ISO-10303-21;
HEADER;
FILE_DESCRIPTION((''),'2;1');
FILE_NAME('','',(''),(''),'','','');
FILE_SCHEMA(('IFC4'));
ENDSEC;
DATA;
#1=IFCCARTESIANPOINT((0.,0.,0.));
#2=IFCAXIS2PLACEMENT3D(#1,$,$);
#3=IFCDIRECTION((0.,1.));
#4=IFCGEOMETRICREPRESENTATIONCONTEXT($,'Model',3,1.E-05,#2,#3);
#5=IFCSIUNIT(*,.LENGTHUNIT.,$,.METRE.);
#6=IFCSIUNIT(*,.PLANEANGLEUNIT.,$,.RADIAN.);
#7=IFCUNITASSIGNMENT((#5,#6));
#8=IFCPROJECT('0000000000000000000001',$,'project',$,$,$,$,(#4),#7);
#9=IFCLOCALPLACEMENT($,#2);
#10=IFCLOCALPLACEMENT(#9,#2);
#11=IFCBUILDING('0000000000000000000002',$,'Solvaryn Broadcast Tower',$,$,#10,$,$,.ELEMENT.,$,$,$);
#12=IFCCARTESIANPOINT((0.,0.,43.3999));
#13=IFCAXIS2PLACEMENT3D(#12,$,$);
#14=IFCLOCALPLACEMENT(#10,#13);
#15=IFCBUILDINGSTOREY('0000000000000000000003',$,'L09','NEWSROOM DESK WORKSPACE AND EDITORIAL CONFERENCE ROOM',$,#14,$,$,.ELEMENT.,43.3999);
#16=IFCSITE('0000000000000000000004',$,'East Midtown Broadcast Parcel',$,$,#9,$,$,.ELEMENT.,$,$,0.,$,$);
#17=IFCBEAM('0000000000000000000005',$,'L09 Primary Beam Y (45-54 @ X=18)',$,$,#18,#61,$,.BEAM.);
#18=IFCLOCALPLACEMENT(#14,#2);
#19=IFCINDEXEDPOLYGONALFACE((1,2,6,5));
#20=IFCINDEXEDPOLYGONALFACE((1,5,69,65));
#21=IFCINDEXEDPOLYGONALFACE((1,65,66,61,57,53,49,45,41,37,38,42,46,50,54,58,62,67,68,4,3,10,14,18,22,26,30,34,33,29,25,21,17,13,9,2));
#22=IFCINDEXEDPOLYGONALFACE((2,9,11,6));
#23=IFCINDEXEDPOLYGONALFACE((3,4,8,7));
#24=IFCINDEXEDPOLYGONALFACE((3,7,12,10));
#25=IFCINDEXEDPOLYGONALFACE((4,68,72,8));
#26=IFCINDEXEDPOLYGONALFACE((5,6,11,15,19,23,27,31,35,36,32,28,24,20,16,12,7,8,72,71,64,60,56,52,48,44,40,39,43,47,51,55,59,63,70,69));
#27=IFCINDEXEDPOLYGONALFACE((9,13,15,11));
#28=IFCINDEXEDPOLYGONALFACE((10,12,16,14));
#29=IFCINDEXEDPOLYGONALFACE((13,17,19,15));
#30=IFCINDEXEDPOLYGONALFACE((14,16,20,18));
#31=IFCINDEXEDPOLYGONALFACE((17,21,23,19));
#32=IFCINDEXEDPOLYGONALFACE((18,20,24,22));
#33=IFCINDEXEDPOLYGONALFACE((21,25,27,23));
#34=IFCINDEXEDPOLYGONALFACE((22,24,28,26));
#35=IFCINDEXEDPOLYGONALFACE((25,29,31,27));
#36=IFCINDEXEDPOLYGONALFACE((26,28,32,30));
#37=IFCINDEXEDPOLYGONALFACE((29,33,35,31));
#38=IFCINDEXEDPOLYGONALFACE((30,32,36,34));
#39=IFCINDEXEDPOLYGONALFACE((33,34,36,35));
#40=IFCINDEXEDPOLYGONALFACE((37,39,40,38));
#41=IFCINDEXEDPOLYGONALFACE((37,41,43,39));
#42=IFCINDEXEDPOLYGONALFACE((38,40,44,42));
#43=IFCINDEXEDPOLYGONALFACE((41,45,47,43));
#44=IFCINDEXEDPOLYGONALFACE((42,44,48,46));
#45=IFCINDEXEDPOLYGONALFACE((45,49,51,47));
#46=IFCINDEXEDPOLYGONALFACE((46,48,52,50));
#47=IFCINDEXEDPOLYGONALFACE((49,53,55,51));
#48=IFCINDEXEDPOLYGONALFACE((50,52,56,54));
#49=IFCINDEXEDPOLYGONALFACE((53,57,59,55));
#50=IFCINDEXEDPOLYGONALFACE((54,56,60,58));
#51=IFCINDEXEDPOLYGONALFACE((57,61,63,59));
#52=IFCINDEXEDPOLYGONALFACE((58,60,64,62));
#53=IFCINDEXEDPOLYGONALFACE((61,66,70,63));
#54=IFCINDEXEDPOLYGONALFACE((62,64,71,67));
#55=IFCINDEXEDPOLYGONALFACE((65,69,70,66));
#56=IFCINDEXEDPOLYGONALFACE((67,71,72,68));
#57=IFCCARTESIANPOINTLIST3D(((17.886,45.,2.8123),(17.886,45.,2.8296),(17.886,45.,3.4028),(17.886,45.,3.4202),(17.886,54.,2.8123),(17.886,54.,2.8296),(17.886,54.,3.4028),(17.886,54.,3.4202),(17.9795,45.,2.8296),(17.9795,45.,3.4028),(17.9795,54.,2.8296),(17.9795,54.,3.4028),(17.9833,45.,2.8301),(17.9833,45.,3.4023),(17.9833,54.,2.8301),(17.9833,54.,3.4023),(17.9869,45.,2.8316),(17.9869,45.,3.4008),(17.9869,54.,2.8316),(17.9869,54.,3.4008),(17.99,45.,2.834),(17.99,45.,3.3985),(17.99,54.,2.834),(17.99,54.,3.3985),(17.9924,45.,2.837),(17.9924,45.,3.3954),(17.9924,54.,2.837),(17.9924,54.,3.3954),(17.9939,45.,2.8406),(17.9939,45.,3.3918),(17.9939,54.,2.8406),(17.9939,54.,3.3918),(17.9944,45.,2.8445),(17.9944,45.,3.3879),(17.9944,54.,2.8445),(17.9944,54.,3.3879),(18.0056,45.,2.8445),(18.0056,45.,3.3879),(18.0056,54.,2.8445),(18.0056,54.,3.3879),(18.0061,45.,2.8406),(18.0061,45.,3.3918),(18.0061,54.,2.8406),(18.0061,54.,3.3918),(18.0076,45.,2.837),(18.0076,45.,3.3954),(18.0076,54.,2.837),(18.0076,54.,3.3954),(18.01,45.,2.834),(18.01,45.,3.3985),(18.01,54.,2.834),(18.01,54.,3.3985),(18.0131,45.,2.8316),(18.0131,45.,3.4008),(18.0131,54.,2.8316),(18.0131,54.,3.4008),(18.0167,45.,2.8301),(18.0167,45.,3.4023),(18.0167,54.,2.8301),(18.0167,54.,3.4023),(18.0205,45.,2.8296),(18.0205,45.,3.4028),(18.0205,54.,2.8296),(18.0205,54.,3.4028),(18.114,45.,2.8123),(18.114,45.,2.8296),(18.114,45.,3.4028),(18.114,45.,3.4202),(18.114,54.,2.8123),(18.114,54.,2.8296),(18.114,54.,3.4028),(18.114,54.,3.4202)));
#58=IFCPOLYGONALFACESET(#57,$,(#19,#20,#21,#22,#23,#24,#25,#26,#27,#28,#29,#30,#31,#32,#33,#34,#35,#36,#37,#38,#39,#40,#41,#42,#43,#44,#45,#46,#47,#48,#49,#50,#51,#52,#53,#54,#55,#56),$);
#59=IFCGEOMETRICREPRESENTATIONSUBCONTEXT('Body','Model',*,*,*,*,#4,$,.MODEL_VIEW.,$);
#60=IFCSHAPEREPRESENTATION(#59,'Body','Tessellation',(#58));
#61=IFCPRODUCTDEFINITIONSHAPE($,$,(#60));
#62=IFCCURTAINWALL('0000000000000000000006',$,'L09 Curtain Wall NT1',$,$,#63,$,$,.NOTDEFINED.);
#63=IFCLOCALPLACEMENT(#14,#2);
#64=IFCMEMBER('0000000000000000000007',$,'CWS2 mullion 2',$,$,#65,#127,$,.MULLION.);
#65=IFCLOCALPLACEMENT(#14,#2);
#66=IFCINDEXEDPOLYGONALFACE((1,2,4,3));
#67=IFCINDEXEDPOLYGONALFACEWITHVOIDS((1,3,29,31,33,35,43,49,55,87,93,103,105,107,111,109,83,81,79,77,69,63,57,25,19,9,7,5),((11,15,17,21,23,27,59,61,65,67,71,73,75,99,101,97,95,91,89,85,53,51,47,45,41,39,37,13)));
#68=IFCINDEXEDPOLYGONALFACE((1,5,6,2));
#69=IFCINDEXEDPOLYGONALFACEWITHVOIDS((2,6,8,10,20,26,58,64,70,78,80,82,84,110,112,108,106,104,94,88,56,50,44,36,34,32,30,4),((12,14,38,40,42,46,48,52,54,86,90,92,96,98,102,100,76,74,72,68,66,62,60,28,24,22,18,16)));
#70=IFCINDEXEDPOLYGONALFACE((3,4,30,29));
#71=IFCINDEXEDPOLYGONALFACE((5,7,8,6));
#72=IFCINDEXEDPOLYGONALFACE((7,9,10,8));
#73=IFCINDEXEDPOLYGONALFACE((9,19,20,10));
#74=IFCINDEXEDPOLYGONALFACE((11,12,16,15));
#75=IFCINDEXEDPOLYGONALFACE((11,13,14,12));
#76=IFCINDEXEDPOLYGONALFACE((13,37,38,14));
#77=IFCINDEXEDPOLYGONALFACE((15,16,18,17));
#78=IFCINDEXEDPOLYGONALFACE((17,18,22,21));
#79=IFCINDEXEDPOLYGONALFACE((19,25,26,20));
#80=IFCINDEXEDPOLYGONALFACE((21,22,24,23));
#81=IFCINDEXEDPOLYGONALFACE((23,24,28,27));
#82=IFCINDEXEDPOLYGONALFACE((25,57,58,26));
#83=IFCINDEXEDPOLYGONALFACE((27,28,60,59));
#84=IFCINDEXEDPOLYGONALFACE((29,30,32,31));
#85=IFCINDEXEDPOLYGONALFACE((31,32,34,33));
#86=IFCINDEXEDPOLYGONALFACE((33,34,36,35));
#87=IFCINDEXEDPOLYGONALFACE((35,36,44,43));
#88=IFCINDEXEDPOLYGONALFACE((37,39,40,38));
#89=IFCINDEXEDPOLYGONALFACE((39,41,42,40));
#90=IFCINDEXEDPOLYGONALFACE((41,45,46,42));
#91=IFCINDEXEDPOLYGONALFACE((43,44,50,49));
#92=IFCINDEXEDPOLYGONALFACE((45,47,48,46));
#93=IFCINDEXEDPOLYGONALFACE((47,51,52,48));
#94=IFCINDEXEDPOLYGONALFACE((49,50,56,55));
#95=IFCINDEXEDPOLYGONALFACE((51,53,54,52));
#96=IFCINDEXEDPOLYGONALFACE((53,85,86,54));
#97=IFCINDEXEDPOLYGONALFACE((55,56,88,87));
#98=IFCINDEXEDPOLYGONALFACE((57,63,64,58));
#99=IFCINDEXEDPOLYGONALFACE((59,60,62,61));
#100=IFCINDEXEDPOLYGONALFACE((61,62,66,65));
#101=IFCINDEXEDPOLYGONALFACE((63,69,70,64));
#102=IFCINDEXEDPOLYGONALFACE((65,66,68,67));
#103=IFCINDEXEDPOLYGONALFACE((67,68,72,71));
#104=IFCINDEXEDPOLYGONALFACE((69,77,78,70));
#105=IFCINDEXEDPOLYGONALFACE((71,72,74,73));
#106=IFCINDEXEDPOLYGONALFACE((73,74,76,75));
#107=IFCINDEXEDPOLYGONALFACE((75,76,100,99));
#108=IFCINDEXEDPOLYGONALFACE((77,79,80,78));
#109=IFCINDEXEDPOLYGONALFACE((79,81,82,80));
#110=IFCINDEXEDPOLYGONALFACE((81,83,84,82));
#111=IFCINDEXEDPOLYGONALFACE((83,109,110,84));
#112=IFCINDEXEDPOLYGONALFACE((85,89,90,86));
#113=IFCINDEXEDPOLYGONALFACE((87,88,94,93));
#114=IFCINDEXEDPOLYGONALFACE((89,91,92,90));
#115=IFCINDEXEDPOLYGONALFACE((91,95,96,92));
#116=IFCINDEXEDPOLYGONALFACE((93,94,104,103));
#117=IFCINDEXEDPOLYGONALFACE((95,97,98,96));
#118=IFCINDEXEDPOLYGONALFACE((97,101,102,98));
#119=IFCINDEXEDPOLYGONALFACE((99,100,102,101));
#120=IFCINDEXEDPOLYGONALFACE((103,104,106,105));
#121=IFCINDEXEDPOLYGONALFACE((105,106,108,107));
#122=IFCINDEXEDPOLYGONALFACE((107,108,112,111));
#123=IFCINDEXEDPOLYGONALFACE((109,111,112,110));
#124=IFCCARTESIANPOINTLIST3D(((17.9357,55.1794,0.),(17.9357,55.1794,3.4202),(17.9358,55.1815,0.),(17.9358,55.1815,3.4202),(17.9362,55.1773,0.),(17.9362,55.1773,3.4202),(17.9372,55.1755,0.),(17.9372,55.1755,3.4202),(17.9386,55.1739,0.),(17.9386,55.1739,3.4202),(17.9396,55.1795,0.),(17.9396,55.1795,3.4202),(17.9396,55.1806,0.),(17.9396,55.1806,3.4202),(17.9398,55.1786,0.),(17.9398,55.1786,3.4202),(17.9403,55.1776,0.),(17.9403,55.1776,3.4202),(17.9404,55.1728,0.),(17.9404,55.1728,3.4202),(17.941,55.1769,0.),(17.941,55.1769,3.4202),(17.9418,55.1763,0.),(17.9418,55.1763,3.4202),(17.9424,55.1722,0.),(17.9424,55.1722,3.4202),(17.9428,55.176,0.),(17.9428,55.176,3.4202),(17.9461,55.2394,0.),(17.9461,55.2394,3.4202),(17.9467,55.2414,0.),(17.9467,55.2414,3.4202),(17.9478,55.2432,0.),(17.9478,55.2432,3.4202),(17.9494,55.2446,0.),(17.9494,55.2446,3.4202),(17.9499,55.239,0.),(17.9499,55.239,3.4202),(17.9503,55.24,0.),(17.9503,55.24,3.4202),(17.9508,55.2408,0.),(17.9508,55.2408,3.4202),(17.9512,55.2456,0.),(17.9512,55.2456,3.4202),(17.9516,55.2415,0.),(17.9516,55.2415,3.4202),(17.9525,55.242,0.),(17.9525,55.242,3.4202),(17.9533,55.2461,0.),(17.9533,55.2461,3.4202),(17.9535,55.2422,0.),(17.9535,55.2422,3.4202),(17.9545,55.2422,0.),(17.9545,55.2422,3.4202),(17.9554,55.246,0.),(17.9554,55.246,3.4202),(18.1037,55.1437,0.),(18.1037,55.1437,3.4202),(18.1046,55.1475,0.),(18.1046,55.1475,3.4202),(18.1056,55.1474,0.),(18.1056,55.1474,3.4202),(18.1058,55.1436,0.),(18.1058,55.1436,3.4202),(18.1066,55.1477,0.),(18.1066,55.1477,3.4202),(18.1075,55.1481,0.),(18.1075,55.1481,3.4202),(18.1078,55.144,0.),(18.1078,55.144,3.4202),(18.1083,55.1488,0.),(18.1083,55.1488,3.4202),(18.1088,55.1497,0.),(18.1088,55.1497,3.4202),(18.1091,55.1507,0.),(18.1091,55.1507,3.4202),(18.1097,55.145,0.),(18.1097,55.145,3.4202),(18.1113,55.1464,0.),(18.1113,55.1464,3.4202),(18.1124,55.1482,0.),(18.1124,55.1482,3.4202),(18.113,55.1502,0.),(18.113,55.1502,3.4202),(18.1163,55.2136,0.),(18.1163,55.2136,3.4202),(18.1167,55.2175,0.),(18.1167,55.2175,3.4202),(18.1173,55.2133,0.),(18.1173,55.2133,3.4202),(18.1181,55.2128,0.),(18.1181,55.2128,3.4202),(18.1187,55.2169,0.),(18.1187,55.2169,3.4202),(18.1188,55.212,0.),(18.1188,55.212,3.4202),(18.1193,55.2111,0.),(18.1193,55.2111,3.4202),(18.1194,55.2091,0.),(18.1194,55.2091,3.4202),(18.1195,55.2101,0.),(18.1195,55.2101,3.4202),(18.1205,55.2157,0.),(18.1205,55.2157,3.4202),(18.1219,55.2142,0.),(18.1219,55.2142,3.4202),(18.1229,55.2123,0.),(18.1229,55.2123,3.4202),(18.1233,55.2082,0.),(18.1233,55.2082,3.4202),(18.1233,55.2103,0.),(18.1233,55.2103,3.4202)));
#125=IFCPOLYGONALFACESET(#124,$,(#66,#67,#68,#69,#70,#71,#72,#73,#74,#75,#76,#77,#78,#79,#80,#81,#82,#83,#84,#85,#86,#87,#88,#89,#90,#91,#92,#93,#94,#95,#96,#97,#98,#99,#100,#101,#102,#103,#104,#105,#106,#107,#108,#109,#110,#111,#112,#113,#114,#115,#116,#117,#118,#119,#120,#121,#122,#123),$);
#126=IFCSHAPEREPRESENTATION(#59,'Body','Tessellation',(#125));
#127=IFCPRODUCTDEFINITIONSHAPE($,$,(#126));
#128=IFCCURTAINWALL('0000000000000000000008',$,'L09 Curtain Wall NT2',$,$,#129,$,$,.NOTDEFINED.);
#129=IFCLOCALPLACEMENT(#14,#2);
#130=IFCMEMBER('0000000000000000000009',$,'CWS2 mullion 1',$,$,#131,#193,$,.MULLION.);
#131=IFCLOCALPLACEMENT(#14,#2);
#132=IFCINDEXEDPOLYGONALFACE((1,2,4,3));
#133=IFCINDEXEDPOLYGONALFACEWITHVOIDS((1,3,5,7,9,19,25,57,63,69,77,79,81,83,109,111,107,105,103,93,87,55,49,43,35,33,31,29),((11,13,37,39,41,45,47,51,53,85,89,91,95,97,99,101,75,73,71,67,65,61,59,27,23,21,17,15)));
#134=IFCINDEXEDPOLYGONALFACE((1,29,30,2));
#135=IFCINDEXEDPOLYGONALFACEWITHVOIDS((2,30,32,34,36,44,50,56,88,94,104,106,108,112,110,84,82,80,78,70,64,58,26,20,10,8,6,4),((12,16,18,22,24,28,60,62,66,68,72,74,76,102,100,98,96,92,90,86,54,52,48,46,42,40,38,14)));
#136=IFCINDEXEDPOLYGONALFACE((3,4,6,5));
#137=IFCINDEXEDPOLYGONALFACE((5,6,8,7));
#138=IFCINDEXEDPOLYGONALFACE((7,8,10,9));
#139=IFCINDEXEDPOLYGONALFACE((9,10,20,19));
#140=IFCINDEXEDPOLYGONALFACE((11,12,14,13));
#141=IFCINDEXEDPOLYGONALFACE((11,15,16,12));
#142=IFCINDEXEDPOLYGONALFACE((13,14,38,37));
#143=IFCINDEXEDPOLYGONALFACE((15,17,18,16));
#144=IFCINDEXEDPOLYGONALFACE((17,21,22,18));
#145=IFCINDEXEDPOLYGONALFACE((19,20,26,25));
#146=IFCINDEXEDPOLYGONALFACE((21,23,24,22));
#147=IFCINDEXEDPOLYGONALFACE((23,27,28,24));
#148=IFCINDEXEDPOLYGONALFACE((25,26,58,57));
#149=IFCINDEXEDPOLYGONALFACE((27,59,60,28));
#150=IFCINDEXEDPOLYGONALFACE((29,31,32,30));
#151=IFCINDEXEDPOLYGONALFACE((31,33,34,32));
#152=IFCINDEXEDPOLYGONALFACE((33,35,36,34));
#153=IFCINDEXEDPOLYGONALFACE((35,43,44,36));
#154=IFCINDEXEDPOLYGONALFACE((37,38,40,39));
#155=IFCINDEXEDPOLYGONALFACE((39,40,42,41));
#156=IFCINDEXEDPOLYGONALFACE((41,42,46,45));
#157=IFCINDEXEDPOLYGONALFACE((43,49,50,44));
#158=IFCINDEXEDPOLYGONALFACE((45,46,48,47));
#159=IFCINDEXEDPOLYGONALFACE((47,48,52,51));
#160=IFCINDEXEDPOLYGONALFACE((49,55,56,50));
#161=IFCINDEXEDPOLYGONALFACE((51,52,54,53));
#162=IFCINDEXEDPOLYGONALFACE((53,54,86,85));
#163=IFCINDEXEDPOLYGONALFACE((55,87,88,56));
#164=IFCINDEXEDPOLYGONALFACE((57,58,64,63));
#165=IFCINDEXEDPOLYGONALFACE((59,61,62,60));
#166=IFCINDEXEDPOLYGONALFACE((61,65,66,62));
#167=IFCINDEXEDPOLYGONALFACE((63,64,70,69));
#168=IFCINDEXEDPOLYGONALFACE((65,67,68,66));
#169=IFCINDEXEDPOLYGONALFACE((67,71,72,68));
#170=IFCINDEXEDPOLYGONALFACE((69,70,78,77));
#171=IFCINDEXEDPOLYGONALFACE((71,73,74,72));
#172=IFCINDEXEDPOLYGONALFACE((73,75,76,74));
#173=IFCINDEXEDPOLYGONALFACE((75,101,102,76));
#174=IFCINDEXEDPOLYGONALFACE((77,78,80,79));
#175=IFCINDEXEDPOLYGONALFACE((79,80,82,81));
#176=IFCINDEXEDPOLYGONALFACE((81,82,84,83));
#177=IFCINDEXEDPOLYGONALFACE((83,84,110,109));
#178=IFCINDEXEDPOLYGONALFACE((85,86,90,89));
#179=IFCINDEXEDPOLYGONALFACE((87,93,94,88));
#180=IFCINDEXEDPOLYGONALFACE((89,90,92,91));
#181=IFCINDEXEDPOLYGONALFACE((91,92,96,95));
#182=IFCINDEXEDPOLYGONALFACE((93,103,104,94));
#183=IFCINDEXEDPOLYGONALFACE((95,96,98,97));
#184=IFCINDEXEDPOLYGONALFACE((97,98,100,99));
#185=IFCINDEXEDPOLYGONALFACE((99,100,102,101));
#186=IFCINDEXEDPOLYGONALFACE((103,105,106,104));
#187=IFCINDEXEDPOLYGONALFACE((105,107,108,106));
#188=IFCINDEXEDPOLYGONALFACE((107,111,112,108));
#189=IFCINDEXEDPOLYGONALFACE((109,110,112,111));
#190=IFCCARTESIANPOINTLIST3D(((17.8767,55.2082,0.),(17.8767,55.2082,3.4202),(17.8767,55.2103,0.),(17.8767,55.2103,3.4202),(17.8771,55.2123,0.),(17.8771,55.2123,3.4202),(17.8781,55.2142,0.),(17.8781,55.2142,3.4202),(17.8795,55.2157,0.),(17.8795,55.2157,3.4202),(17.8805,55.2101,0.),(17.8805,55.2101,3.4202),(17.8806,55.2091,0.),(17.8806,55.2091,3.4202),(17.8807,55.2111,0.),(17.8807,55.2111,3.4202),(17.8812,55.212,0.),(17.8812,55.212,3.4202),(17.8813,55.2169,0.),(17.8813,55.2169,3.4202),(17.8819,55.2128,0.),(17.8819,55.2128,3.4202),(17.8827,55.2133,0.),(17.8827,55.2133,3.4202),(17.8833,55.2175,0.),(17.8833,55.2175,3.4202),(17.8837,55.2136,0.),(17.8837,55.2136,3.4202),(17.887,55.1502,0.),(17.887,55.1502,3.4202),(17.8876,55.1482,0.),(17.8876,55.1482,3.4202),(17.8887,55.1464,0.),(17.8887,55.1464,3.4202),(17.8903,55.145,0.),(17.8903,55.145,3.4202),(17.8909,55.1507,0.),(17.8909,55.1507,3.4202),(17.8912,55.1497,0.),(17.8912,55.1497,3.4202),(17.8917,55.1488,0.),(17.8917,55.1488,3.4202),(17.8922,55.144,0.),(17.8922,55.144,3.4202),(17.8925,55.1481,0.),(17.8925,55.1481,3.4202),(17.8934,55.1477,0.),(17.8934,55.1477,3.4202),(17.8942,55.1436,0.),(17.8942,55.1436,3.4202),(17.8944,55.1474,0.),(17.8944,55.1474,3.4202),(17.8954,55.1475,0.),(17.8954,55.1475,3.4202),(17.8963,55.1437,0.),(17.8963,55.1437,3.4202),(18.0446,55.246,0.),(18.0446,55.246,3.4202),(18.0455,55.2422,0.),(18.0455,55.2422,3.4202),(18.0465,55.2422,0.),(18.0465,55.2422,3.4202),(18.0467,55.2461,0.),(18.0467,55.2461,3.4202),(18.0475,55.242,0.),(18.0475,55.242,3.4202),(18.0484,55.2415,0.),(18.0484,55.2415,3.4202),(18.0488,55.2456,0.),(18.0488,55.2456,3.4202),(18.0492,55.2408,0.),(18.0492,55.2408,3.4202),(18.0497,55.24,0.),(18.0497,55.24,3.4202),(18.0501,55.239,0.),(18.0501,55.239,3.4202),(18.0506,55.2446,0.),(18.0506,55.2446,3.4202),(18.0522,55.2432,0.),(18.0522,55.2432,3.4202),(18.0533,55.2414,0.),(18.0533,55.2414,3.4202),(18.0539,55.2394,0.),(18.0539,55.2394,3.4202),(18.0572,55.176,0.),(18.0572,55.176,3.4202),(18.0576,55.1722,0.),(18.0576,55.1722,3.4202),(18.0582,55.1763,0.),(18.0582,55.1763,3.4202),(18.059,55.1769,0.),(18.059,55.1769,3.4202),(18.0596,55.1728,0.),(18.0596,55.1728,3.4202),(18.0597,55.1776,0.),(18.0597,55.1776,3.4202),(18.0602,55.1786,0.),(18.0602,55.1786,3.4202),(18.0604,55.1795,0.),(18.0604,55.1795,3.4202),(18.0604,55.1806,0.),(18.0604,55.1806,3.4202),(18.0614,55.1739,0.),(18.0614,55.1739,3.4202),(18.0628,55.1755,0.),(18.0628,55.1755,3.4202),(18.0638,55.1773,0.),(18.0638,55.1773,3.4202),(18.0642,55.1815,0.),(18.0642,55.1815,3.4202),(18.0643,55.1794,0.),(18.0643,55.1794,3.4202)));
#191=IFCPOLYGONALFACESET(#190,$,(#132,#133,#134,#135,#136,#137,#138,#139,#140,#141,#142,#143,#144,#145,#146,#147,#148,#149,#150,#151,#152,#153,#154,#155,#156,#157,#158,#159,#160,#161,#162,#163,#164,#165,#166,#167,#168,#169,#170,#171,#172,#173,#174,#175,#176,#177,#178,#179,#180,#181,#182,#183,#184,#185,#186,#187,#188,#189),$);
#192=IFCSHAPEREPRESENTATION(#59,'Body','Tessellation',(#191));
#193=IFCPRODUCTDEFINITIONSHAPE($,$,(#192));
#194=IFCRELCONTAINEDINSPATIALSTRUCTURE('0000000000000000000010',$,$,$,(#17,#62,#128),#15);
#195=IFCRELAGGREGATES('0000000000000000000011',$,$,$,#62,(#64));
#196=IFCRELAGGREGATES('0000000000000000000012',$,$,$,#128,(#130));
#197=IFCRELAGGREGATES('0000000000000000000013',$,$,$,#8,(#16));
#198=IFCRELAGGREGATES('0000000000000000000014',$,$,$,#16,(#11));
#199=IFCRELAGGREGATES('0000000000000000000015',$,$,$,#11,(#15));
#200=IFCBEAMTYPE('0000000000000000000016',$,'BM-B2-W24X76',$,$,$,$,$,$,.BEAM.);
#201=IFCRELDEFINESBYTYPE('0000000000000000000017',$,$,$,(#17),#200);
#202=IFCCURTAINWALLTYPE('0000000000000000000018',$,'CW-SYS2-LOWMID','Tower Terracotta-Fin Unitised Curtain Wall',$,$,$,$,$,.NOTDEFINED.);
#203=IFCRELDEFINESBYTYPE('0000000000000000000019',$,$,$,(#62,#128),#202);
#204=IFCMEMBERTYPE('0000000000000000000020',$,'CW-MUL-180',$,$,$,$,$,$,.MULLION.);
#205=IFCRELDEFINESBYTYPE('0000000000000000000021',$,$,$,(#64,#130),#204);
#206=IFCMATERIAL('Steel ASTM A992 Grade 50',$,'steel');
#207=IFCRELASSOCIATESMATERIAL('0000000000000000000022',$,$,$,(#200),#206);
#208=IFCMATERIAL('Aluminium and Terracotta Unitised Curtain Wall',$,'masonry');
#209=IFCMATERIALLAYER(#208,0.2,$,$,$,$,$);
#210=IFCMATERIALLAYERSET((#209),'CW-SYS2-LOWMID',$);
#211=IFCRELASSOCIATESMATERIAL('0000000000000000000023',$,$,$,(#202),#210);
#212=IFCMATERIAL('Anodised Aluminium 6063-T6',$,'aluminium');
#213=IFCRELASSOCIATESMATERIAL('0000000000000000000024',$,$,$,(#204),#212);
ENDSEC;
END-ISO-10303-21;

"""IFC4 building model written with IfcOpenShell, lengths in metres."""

from ifc_helpers import new_model, si_unit, direction, frame, origin, origin_2d, place, context, subcontext, project, spatial, hollow_rectangle, i_section, extrude, material, layer, layer_set, material_profile, profile_set, type_object, element, aggregate, save


model = new_model("IFC4")

# Units and contexts
model_context = context("Model", 3, precision=1e-05, world=origin(), true_north=direction((0.0, 1.0)))
body_context = subcontext(model_context, "Body", "Model", "MODEL_VIEW")
ifc_project = project(units=[si_unit("LENGTHUNIT", "METRE"), si_unit("PLANEANGLEUNIT", "RADIAN")], contexts=[model_context])

# Site, building, storey
site_placement = place(None, origin())
site = spatial("IfcSite", under=ifc_project, at=site_placement, Name="East Midtown Broadcast Parcel", CompositionType="ELEMENT", RefElevation=0.0)
building_placement = place(site_placement, origin())
building = spatial("IfcBuilding", under=site, at=building_placement, Name="Solvaryn Broadcast Tower", CompositionType="ELEMENT")
storey_placement = place(building_placement, frame((0.0, 0.0, 43.3999)))
storey = spatial("IfcBuildingStorey", under=building, at=storey_placement, Name="L09", Description="NEWSROOM DESK WORKSPACE AND EDITORIAL CONFERENCE ROOM", CompositionType="ELEMENT", Elevation=43.3999)

# Beam
ifc_material_1 = material(Name="Steel ASTM A992 Grade 50", Category="steel")
ifc_material_profile_1 = material_profile(ifc_material_1, i_section(OverallWidth=0.228, OverallDepth=0.6079, WebThickness=0.0112, FlangeThickness=0.0173, FilletRadius=0.0149, at=origin_2d()))
ifc_profile_set_1 = profile_set([ifc_material_profile_1], Name="Steel ASTM A992 Grade 50")
beam_type_1 = type_object("IfcBeamType", Name="BM-B2-W24X76", PredefinedType="BEAM", material=ifc_profile_set_1)
beam_1_placement = place(storey_placement, frame((18.0, 45.0, 3.1162), z_axis=(0.0, 1.0, 0.0), x_axis=(-1.0, 0.0, 0.0)))
element("IfcBeam", 1, at=beam_1_placement, inside=storey, type_object=beam_type_1, Name="L09 Primary Beam Y (45-54 @ X=18)", PredefinedType="BEAM", context=body_context, shape_type="SweptSolid", body=[
    extrude(i_section(OverallWidth=0.228, OverallDepth=0.6079, WebThickness=0.0112, FlangeThickness=0.0173, FilletRadius=0.0149, at=origin_2d()), origin(), (0.0, 0.0, 1.0), 9.0),
])

# Curtain walls, members
ifc_material_2 = material(Name="Aluminium and Terracotta Unitised Curtain Wall", Category="masonry")
ifc_layer_1 = layer(ifc_material_2, 0.2)
ifc_layer_set_1 = layer_set([ifc_layer_1], Name="CW-SYS2-LOWMID")
curtain_wall_type = type_object("IfcCurtainWallType", Name="CW-SYS2-LOWMID", Description="Tower Terracotta-Fin Unitised Curtain Wall", PredefinedType="NOTDEFINED", material=ifc_layer_set_1)
curtain_wall_1_placement = place(storey_placement, origin())
curtain_wall_1 = element("IfcCurtainWall", 2, at=curtain_wall_1_placement, inside=storey, type_object=curtain_wall_type, Name="L09 Curtain Wall NT1", PredefinedType="NOTDEFINED")
ifc_material_3 = material(Name="Anodised Aluminium 6063-T6", Category="aluminium")
ifc_material_profile_2 = material_profile(ifc_material_3, hollow_rectangle(XDim=0.075, YDim=0.1799, WallThickness=0.0039, InnerFilletRadius=0.0039, OuterFilletRadius=0.0081, at=origin_2d()))
ifc_profile_set_2 = profile_set([ifc_material_profile_2], Name="Anodised Aluminium 6063-T6")
member_type_1 = type_object("IfcMemberType", Name="CW-MUL-180", PredefinedType="MULLION", material=ifc_profile_set_2)
member_1_placement = place(storey_placement, frame((18.0295, 55.1948, 0.0), z_axis=(0.0, 0.0, 1.0), x_axis=(-0.173785, -0.984784, 0.0)))
member_1 = element("IfcMember", 3, at=member_1_placement, type_object=member_type_1, Name="CWS2 mullion 2", PredefinedType="MULLION", context=body_context, shape_type="SweptSolid", body=[
    extrude(hollow_rectangle(XDim=0.075, YDim=0.1799, WallThickness=0.0039, InnerFilletRadius=0.0039, OuterFilletRadius=0.0081, at=origin_2d()), origin(), (0.0, 0.0, 1.0), 3.4202),
])
curtain_wall_2_placement = place(storey_placement, origin())
curtain_wall_2 = element("IfcCurtainWall", 4, at=curtain_wall_2_placement, inside=storey, type_object=curtain_wall_type, Name="L09 Curtain Wall NT2", PredefinedType="NOTDEFINED")
member_2_placement = place(storey_placement, frame((17.9705, 55.1948, 0.0), z_axis=(0.0, 0.0, 1.0), x_axis=(0.173785, -0.984784, 0.0)))
member_2 = element("IfcMember", 5, at=member_2_placement, type_object=member_type_1, Name="CWS2 mullion 1", PredefinedType="MULLION", context=body_context, shape_type="SweptSolid", body=[
    extrude(hollow_rectangle(XDim=0.075, YDim=0.1799, WallThickness=0.0039, InnerFilletRadius=0.0039, OuterFilletRadius=0.0081, at=origin_2d()), origin(), (0.0, 0.0, 1.0), 3.4202),
])

aggregate(curtain_wall_1, [member_1])
aggregate(curtain_wall_2, [member_2])

save(model, "model.ifc")
